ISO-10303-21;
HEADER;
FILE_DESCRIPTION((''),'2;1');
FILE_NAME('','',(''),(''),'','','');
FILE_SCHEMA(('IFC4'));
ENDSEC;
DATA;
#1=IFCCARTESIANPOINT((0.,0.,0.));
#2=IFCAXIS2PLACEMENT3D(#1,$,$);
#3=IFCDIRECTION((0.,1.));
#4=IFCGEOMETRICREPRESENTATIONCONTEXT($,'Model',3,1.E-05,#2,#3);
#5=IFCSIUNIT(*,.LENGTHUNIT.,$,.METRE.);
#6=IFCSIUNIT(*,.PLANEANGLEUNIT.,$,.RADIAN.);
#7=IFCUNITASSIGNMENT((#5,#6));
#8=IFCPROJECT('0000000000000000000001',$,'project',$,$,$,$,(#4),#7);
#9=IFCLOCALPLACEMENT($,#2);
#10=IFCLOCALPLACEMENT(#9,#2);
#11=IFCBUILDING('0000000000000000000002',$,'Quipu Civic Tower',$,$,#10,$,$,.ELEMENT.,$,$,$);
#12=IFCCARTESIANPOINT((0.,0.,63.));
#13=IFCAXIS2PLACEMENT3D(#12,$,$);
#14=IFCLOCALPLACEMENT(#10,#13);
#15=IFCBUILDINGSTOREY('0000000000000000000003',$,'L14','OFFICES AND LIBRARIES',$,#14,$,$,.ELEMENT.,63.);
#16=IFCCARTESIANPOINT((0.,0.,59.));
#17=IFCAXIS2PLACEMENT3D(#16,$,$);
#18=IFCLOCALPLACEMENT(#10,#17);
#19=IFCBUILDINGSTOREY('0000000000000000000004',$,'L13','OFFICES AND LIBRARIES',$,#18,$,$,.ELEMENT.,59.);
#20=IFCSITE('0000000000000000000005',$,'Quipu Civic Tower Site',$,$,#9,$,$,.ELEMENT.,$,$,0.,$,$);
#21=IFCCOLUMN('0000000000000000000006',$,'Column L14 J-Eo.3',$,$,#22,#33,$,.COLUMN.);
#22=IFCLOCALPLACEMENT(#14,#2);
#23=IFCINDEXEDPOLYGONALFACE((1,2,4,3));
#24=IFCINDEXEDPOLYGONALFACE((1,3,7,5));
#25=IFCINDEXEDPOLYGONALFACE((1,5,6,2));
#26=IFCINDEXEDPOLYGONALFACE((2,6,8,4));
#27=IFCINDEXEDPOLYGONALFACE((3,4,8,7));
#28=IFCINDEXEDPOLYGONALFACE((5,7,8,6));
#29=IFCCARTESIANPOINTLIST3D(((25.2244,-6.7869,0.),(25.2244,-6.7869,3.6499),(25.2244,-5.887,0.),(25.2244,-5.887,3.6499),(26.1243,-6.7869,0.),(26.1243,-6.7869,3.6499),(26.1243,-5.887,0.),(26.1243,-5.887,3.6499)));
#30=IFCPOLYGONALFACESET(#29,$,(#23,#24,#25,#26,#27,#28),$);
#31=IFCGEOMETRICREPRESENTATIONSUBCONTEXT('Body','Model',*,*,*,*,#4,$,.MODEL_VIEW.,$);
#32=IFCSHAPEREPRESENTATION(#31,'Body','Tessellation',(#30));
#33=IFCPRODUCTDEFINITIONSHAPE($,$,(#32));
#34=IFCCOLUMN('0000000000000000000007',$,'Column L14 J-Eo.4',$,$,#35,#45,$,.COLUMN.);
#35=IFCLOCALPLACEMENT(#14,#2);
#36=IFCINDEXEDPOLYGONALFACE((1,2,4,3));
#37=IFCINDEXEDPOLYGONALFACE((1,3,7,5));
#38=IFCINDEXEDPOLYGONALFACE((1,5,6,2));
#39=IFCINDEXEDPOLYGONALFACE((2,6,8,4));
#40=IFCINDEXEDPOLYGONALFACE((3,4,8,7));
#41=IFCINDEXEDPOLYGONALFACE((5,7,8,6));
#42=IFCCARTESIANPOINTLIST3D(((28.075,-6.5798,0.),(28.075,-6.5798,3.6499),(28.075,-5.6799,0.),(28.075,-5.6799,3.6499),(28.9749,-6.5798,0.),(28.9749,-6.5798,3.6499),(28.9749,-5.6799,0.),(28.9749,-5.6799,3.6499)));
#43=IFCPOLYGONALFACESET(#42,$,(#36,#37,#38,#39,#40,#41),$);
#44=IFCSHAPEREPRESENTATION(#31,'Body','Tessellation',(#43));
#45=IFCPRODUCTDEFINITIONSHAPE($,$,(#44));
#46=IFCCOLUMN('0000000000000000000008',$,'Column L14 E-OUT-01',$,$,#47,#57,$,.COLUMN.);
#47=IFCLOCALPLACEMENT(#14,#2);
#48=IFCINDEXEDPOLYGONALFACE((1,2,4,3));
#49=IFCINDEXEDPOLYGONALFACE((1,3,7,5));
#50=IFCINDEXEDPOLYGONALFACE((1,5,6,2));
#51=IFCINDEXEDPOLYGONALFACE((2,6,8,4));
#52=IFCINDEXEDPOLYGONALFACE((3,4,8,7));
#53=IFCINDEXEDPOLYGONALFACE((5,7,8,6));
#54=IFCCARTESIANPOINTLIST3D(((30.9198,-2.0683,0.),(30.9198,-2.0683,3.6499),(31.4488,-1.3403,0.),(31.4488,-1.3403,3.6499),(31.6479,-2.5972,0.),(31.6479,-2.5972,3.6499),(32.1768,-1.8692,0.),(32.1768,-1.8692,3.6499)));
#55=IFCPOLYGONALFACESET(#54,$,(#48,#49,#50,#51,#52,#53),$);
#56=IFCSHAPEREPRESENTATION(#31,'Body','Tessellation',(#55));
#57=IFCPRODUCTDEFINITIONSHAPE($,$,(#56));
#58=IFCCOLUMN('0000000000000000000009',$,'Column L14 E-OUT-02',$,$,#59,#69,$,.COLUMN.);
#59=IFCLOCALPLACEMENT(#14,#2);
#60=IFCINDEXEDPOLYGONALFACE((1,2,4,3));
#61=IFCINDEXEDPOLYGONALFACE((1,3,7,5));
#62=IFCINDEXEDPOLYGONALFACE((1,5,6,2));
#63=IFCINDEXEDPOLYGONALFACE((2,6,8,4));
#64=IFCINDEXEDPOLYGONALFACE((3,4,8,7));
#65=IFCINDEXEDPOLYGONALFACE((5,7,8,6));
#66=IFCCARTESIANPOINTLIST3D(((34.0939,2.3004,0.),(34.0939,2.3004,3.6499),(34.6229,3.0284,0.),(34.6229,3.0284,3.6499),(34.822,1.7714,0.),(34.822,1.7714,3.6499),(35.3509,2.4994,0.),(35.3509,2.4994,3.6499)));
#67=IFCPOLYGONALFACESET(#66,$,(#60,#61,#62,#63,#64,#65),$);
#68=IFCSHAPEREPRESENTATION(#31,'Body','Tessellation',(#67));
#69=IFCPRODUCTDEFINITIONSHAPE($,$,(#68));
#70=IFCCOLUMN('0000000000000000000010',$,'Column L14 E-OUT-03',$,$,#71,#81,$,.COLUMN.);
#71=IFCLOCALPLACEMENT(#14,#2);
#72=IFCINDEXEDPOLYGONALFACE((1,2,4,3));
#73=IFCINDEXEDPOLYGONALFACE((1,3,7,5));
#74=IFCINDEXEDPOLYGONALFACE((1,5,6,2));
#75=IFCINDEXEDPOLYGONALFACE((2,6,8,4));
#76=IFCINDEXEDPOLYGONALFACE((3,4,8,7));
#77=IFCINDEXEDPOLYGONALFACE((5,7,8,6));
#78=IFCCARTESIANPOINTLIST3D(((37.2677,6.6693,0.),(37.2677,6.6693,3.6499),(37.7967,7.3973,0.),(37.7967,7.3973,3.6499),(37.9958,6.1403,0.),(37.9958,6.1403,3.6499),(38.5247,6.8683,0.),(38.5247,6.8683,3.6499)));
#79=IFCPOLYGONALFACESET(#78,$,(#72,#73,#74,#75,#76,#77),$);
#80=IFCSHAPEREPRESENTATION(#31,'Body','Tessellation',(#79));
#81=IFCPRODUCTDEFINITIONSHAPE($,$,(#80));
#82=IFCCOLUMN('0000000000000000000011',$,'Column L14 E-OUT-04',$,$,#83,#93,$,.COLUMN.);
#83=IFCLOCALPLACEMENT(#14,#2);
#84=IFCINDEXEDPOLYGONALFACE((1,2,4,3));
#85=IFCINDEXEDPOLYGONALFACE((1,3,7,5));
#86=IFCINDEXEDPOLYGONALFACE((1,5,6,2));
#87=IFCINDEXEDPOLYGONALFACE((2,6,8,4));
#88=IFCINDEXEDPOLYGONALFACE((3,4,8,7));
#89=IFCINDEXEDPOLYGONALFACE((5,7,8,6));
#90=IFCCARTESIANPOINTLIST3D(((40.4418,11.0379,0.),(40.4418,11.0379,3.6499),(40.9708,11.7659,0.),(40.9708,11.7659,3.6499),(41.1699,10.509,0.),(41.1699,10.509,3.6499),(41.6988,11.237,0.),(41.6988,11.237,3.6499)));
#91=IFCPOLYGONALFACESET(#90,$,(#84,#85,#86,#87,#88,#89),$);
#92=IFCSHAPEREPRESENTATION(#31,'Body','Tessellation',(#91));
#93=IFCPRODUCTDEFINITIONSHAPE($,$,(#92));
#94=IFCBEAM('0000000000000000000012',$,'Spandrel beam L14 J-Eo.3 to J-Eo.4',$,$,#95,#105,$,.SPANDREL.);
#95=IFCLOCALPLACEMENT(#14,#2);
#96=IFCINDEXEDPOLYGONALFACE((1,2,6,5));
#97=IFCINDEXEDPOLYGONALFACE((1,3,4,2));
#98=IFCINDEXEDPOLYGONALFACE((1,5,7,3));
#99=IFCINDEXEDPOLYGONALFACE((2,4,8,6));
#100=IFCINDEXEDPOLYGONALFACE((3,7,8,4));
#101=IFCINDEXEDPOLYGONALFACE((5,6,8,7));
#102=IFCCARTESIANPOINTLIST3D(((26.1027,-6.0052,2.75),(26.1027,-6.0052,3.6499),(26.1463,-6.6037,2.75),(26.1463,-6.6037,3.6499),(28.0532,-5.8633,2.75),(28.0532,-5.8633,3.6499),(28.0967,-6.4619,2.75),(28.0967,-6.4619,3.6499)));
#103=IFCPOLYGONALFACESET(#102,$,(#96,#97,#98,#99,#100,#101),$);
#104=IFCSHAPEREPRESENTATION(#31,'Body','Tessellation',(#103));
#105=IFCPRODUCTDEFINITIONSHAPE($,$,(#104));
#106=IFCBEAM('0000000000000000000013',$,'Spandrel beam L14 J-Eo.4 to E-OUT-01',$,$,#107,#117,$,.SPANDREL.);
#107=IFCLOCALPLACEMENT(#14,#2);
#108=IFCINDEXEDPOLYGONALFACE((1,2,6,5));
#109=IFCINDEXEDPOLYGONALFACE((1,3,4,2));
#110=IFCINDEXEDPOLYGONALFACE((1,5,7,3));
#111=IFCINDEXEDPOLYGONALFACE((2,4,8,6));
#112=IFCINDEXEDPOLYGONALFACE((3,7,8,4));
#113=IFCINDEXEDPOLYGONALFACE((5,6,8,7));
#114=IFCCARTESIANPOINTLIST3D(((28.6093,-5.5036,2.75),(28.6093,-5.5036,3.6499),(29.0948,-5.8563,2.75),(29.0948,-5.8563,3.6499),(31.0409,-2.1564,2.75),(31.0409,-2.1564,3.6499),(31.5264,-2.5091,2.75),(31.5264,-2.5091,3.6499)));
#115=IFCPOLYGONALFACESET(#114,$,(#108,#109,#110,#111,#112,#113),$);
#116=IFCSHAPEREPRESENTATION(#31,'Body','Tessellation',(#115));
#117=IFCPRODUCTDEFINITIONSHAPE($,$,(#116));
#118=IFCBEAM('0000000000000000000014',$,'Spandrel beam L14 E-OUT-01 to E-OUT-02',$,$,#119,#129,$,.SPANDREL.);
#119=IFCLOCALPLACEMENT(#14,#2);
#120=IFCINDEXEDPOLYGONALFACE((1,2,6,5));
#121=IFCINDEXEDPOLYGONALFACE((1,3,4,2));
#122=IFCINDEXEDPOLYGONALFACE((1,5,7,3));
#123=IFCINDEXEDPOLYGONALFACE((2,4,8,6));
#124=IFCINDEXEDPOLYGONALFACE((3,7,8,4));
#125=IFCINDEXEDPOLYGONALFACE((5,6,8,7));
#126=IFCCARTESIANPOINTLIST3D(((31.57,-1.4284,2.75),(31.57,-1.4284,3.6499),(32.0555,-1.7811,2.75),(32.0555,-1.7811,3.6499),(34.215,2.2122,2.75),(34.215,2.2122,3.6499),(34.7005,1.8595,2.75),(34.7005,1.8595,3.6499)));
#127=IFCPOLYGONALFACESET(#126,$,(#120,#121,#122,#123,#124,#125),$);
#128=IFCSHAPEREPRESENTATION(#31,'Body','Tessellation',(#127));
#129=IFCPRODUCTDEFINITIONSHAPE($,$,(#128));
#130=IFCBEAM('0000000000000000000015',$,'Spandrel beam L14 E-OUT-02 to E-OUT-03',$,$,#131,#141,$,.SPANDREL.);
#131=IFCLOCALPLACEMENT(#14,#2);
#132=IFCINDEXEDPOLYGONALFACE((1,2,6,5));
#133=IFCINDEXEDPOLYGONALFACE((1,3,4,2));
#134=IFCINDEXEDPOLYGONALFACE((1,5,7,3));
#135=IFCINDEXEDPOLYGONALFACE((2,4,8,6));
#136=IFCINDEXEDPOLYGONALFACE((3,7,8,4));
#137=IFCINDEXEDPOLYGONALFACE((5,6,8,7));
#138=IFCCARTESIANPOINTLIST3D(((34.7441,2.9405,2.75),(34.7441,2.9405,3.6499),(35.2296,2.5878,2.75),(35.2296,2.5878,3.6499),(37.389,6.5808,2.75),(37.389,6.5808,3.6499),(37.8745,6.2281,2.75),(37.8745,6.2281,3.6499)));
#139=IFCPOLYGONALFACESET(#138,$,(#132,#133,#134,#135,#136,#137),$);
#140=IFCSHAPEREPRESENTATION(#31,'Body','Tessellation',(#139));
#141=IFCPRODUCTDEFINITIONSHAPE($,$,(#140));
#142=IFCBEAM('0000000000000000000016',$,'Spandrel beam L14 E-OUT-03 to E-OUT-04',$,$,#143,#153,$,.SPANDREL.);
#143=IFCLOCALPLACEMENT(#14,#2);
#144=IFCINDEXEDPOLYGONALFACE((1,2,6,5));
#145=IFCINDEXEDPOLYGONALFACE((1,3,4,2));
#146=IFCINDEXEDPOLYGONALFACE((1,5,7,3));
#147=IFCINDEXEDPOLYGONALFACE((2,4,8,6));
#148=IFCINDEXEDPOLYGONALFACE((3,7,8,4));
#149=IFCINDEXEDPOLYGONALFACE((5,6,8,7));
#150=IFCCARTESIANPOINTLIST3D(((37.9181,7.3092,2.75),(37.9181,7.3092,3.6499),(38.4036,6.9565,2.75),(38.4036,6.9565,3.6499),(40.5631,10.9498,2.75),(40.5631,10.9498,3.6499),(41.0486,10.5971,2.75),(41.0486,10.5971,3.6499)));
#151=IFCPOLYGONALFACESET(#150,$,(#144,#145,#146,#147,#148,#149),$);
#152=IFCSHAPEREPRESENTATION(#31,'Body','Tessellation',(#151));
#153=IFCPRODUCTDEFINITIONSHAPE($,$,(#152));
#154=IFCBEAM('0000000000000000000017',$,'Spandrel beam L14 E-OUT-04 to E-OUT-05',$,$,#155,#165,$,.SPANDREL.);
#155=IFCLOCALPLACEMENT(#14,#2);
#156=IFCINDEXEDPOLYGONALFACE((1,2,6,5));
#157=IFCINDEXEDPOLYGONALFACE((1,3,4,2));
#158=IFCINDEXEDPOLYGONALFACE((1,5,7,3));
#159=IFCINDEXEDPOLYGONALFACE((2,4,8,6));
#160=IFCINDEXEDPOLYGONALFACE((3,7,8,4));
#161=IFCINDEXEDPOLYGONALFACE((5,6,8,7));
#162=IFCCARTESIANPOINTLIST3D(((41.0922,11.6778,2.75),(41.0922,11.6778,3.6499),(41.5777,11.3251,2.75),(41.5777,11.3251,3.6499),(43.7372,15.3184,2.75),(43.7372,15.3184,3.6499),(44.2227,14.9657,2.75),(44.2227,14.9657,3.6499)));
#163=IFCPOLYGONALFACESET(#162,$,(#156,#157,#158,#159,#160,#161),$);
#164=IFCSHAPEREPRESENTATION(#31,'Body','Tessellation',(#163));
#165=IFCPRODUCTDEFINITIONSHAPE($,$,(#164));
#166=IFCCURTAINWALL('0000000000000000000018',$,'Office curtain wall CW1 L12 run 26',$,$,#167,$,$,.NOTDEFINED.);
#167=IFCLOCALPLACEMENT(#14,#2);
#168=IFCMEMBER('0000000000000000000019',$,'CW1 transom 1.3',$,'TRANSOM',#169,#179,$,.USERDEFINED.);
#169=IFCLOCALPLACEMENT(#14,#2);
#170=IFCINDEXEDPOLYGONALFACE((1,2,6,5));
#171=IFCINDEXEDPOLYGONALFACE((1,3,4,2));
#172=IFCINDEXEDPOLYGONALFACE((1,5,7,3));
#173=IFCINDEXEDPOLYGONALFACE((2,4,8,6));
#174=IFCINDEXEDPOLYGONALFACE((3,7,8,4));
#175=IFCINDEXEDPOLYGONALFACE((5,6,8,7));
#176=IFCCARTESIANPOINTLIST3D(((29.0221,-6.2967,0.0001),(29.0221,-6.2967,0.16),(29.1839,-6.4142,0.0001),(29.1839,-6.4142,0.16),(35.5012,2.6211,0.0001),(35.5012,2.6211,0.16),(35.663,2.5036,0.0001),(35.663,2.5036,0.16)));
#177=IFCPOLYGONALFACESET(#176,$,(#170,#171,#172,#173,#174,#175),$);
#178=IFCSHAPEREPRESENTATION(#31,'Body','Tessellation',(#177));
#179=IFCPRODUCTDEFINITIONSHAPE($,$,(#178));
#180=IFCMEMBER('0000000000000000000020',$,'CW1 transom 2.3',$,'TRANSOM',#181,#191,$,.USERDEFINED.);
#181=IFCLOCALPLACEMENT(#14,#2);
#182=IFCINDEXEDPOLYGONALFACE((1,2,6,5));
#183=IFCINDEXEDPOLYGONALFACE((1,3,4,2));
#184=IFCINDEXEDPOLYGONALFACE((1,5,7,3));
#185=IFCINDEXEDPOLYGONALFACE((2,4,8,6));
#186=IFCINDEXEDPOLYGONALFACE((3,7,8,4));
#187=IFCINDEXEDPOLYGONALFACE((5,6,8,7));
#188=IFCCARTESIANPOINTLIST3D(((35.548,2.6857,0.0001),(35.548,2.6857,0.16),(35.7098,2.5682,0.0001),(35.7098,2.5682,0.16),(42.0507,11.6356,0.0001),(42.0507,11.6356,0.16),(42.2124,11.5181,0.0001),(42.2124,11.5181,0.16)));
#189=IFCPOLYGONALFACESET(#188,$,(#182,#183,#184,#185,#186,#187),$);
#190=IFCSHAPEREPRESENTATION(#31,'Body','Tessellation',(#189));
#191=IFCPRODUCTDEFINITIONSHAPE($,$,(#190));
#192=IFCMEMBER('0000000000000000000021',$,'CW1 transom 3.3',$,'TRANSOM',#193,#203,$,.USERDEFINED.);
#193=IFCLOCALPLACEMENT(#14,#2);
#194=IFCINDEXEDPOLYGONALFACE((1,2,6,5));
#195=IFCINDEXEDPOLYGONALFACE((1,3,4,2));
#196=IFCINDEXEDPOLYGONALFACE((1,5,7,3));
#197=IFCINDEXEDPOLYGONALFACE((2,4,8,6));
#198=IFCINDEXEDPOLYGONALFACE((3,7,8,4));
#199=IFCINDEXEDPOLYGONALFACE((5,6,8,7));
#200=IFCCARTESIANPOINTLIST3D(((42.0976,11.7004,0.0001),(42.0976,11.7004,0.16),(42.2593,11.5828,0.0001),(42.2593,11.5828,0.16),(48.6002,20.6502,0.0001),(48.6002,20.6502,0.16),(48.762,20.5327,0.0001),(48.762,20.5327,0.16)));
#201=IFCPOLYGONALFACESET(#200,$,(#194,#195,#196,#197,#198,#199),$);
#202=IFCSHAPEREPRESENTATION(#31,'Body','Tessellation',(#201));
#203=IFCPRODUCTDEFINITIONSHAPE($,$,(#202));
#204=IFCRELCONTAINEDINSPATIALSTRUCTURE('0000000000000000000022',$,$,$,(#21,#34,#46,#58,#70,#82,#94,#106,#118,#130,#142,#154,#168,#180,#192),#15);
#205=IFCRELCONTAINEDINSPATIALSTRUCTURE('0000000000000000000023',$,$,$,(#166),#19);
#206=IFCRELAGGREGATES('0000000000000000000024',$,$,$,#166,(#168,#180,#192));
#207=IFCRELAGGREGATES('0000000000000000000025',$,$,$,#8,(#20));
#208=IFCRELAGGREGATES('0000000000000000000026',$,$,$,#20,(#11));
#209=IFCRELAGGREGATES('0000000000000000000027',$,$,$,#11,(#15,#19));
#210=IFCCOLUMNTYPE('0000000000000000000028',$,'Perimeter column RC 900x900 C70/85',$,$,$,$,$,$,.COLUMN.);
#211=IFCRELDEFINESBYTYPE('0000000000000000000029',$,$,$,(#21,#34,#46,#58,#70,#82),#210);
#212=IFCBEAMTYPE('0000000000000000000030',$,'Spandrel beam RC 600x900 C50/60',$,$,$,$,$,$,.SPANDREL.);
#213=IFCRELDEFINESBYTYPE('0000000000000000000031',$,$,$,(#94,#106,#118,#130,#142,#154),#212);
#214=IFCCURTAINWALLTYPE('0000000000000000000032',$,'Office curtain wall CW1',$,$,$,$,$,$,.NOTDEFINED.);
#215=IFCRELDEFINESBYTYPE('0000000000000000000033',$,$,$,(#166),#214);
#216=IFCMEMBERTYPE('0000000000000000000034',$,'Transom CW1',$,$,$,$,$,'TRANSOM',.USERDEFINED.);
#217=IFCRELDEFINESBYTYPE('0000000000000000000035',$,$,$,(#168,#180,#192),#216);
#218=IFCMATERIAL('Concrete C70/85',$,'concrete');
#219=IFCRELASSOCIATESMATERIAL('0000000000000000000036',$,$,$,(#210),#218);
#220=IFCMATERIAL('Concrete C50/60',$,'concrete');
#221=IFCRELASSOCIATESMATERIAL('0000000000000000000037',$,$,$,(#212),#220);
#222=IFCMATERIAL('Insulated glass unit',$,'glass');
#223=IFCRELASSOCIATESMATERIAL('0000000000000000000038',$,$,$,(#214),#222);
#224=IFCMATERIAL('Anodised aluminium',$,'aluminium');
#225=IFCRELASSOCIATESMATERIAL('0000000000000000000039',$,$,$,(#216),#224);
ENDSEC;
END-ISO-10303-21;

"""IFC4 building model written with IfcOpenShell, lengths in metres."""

from ifc_helpers import new_model, si_unit, direction, frame, origin, origin_2d, place, context, subcontext, project, spatial, rectangle, extrude, material, material_profile, profile_set, type_object, element, aggregate, save


model = new_model("IFC4")

# Units and contexts
model_context = context("Model", 3, precision=1e-05, world=origin(), true_north=direction((0.0, 1.0)))
body_context = subcontext(model_context, "Body", "Model", "MODEL_VIEW")
ifc_project = project(units=[si_unit("LENGTHUNIT", "METRE"), si_unit("PLANEANGLEUNIT", "RADIAN")], contexts=[model_context])

# Site, building, storey
site_placement = place(None, origin())
site = spatial("IfcSite", under=ifc_project, at=site_placement, Name="Quipu Civic Tower Site", CompositionType="ELEMENT", RefElevation=0.0)
building_placement = place(site_placement, origin())
building = spatial("IfcBuilding", under=site, at=building_placement, Name="Quipu Civic Tower", CompositionType="ELEMENT")
storey_1_placement = place(building_placement, frame((0.0, 0.0, 63.0)))
storey_1 = spatial("IfcBuildingStorey", under=building, at=storey_1_placement, Name="L14", Description="OFFICES AND LIBRARIES", CompositionType="ELEMENT", Elevation=63.0)

# Columns
ifc_material_1 = material(Name="Concrete C70/85", Category="concrete")
ifc_material_profile_1 = material_profile(ifc_material_1, rectangle(XDim=0.8999, YDim=0.8999, at=origin_2d()), Name="RC900x900")
ifc_profile_set_1 = profile_set([ifc_material_profile_1], Name="Concrete C70/85")
column_type = type_object("IfcColumnType", Name="Perimeter column RC 900x900 C70/85", PredefinedType="COLUMN", material=ifc_profile_set_1)
for number, where, z_axis, x_axis, name in (
    (1, (25.6743, -6.3369, 0.0), (0.0, 0.0, 1.0), (1.0, 0.0, 0.0), "Column L14 J-Eo.3"),
    (2, (28.5249, -6.1299, 0.0), (0.0, 0.0, 1.0), (1.0, 0.0, 0.0), "Column L14 J-Eo.4"),
    (3, (31.5483, -1.9688, 0.0), (0.0, 0.0, 1.0), (0.587785, 0.809017, 0.0), "Column L14 E-OUT-01"),
    (4, (34.7224, 2.3999, 0.0), (0.0, 0.0, 1.0), (0.587785, 0.809017, 0.0), "Column L14 E-OUT-02"),
    (5, (37.8962, 6.7688, 0.0), (0.0, 0.0, 1.0), (0.587785, 0.809017, 0.0), "Column L14 E-OUT-03"),
    (6, (41.0703, 11.1375, 0.0), (0.0, 0.0, 1.0), (0.587785, 0.809017, 0.0), "Column L14 E-OUT-04"),
):
    element("IfcColumn", number, at=place(storey_1_placement, frame(where, z_axis=z_axis, x_axis=x_axis)), inside=storey_1, type_object=column_type, Name=name, PredefinedType="COLUMN", context=body_context, shape_type="SweptSolid", body=[
        extrude(rectangle(XDim=0.8999, YDim=0.8999, at=origin_2d()), origin(), (0.0, 0.0, 1.0), 3.6499),
    ])

# Beams
ifc_material_2 = material(Name="Concrete C50/60", Category="concrete")
ifc_material_profile_2 = material_profile(ifc_material_2, rectangle(XDim=0.6001, YDim=0.8999, at=origin_2d()), Name="RC600x900")
ifc_profile_set_2 = profile_set([ifc_material_profile_2], Name="Concrete C50/60")
beam_type = type_object("IfcBeamType", Name="Spandrel beam RC 600x900 C50/60", PredefinedType="SPANDREL", material=ifc_profile_set_2)
beam_1_placement = place(storey_1_placement, frame((26.1245, -6.3044, 3.2), z_axis=(0.997366, 0.072533, 0.0), x_axis=(-0.072533, 0.997366, 0.0)))
element("IfcBeam", 7, at=beam_1_placement, inside=storey_1, type_object=beam_type, Name="Spandrel beam L14 J-Eo.3 to J-Eo.4", PredefinedType="SPANDREL", context=body_context, shape_type="SweptSolid", body=[
    extrude(rectangle(XDim=0.6001, YDim=0.8999, at=origin_2d()), origin(), (0.0, 0.0, 1.0), 1.9556),
])
beam_2_placement = place(storey_1_placement, frame((28.8521, -5.6799, 3.2), z_axis=(0.587751, 0.809042, 0.0), x_axis=(-0.809042, 0.587751, 0.0)))
element("IfcBeam", 8, at=beam_2_placement, inside=storey_1, type_object=beam_type, Name="Spandrel beam L14 J-Eo.4 to E-OUT-01", PredefinedType="SPANDREL", context=body_context, shape_type="SweptSolid", body=[
    extrude(rectangle(XDim=0.6001, YDim=0.8999, at=origin_2d()), origin(), (0.0, 0.0, 1.0), 4.1372),
])
beam_3_placement = place(storey_1_placement, frame((31.8127, -1.6047, 3.2), z_axis=(0.587778, 0.809022, 0.0), x_axis=(-0.809022, 0.587778, 0.0)))
element("IfcBeam", 9, at=beam_3_placement, inside=storey_1, type_object=beam_type, Name="Spandrel beam L14 E-OUT-01 to E-OUT-02", PredefinedType="SPANDREL", context=body_context, shape_type="SweptSolid", body=[
    extrude(rectangle(XDim=0.6001, YDim=0.8999, at=origin_2d()), origin(), (0.0, 0.0, 1.0), 4.5),
])
beam_4_placement = place(storey_1_placement, frame((34.9868, 2.7642, 3.2), z_axis=(0.587804, 0.809003, 0.0), x_axis=(-0.809003, 0.587804, 0.0)))
element("IfcBeam", 10, at=beam_4_placement, inside=storey_1, type_object=beam_type, Name="Spandrel beam L14 E-OUT-02 to E-OUT-03", PredefinedType="SPANDREL", context=body_context, shape_type="SweptSolid", body=[
    extrude(rectangle(XDim=0.6001, YDim=0.8999, at=origin_2d()), origin(), (0.0, 0.0, 1.0), 4.4998),
])
for number, where, z_axis, x_axis, name in (
    (11, (38.1609, 7.1328, 3.2), (0.587778, 0.809022, 0.0), (-0.809022, 0.587778, 0.0), "Spandrel beam L14 E-OUT-03 to E-OUT-04"),
    (12, (41.335, 11.5015, 3.2), (0.587778, 0.809022, 0.0), (-0.809022, 0.587778, 0.0), "Spandrel beam L14 E-OUT-04 to E-OUT-05"),
):
    element("IfcBeam", number, at=place(storey_1_placement, frame(where, z_axis=z_axis, x_axis=x_axis)), inside=storey_1, type_object=beam_type, Name=name, PredefinedType="SPANDREL", context=body_context, shape_type="SweptSolid", body=[
        extrude(rectangle(XDim=0.6001, YDim=0.8999, at=origin_2d()), origin(), (0.0, 0.0, 1.0), 4.5),
    ])

# Shared definitions
storey_2_placement = place(building_placement, frame((0.0, 0.0, 59.0)))
storey_2 = spatial("IfcBuildingStorey", under=building, at=storey_2_placement, Name="L13", Description="OFFICES AND LIBRARIES", CompositionType="ELEMENT", Elevation=59.0)

# Curtain wall, members
ifc_material_3 = material(Name="Insulated glass unit", Category="glass")
curtain_wall_type = type_object("IfcCurtainWallType", Name="Office curtain wall CW1", PredefinedType="NOTDEFINED", material=ifc_material_3)
curtain_wall_placement = place(storey_2_placement, origin())
curtain_wall = element("IfcCurtainWall", 13, at=curtain_wall_placement, inside=storey_2, type_object=curtain_wall_type, Name="Office curtain wall CW1 L12 run 26", PredefinedType="NOTDEFINED")
ifc_material_4 = material(Name="Anodised aluminium", Category="aluminium")
ifc_material_profile_3 = material_profile(ifc_material_4, rectangle(XDim=0.2, YDim=0.1599, at=origin_2d()), Name="RECT 200x160")
ifc_profile_set_3 = profile_set([ifc_material_profile_3], Name="Anodised aluminium")
member_type = type_object("IfcMemberType", Name="Transom CW1", ElementType="TRANSOM", PredefinedType="USERDEFINED", material=ifc_profile_set_3)
member_1_placement = place(storey_1_placement, frame((29.103, -6.3555, 0.0801), z_axis=(0.587779, 0.809021, 0.0), x_axis=(-0.809021, 0.587779, 0.0)))
member_1 = element("IfcMember", 14, at=member_1_placement, inside=storey_1, type_object=member_type, Name="CW1 transom 1.3", ObjectType="TRANSOM", PredefinedType="USERDEFINED", context=body_context, shape_type="SweptSolid", body=[
    extrude(rectangle(XDim=0.2, YDim=0.1599, at=origin_2d()), origin(), (0.0, 0.0, 1.0), 11.0229),
])
member_2_placement = place(storey_1_placement, frame((35.6289, 2.627, 0.0801), z_axis=(0.587795, 0.80901, 0.0), x_axis=(-0.80901, 0.587795, 0.0)))
member_2 = element("IfcMember", 15, at=member_2_placement, inside=storey_1, type_object=member_type, Name="CW1 transom 2.3", ObjectType="TRANSOM", PredefinedType="USERDEFINED", context=body_context, shape_type="SweptSolid", body=[
    extrude(rectangle(XDim=0.2, YDim=0.1599, at=origin_2d()), origin(), (0.0, 0.0, 1.0), 11.0627),
])
member_3_placement = place(storey_1_placement, frame((42.1785, 11.6416, 0.0801), z_axis=(0.587795, 0.80901, 0.0), x_axis=(-0.80901, 0.587795, 0.0)))
member_3 = element("IfcMember", 16, at=member_3_placement, inside=storey_1, type_object=member_type, Name="CW1 transom 3.3", ObjectType="TRANSOM", PredefinedType="USERDEFINED", context=body_context, shape_type="SweptSolid", body=[
    extrude(rectangle(XDim=0.2, YDim=0.1599, at=origin_2d()), origin(), (0.0, 0.0, 1.0), 11.0627),
])
aggregate(curtain_wall, [member_1, member_2, member_3])

save(model, "model.ifc")
